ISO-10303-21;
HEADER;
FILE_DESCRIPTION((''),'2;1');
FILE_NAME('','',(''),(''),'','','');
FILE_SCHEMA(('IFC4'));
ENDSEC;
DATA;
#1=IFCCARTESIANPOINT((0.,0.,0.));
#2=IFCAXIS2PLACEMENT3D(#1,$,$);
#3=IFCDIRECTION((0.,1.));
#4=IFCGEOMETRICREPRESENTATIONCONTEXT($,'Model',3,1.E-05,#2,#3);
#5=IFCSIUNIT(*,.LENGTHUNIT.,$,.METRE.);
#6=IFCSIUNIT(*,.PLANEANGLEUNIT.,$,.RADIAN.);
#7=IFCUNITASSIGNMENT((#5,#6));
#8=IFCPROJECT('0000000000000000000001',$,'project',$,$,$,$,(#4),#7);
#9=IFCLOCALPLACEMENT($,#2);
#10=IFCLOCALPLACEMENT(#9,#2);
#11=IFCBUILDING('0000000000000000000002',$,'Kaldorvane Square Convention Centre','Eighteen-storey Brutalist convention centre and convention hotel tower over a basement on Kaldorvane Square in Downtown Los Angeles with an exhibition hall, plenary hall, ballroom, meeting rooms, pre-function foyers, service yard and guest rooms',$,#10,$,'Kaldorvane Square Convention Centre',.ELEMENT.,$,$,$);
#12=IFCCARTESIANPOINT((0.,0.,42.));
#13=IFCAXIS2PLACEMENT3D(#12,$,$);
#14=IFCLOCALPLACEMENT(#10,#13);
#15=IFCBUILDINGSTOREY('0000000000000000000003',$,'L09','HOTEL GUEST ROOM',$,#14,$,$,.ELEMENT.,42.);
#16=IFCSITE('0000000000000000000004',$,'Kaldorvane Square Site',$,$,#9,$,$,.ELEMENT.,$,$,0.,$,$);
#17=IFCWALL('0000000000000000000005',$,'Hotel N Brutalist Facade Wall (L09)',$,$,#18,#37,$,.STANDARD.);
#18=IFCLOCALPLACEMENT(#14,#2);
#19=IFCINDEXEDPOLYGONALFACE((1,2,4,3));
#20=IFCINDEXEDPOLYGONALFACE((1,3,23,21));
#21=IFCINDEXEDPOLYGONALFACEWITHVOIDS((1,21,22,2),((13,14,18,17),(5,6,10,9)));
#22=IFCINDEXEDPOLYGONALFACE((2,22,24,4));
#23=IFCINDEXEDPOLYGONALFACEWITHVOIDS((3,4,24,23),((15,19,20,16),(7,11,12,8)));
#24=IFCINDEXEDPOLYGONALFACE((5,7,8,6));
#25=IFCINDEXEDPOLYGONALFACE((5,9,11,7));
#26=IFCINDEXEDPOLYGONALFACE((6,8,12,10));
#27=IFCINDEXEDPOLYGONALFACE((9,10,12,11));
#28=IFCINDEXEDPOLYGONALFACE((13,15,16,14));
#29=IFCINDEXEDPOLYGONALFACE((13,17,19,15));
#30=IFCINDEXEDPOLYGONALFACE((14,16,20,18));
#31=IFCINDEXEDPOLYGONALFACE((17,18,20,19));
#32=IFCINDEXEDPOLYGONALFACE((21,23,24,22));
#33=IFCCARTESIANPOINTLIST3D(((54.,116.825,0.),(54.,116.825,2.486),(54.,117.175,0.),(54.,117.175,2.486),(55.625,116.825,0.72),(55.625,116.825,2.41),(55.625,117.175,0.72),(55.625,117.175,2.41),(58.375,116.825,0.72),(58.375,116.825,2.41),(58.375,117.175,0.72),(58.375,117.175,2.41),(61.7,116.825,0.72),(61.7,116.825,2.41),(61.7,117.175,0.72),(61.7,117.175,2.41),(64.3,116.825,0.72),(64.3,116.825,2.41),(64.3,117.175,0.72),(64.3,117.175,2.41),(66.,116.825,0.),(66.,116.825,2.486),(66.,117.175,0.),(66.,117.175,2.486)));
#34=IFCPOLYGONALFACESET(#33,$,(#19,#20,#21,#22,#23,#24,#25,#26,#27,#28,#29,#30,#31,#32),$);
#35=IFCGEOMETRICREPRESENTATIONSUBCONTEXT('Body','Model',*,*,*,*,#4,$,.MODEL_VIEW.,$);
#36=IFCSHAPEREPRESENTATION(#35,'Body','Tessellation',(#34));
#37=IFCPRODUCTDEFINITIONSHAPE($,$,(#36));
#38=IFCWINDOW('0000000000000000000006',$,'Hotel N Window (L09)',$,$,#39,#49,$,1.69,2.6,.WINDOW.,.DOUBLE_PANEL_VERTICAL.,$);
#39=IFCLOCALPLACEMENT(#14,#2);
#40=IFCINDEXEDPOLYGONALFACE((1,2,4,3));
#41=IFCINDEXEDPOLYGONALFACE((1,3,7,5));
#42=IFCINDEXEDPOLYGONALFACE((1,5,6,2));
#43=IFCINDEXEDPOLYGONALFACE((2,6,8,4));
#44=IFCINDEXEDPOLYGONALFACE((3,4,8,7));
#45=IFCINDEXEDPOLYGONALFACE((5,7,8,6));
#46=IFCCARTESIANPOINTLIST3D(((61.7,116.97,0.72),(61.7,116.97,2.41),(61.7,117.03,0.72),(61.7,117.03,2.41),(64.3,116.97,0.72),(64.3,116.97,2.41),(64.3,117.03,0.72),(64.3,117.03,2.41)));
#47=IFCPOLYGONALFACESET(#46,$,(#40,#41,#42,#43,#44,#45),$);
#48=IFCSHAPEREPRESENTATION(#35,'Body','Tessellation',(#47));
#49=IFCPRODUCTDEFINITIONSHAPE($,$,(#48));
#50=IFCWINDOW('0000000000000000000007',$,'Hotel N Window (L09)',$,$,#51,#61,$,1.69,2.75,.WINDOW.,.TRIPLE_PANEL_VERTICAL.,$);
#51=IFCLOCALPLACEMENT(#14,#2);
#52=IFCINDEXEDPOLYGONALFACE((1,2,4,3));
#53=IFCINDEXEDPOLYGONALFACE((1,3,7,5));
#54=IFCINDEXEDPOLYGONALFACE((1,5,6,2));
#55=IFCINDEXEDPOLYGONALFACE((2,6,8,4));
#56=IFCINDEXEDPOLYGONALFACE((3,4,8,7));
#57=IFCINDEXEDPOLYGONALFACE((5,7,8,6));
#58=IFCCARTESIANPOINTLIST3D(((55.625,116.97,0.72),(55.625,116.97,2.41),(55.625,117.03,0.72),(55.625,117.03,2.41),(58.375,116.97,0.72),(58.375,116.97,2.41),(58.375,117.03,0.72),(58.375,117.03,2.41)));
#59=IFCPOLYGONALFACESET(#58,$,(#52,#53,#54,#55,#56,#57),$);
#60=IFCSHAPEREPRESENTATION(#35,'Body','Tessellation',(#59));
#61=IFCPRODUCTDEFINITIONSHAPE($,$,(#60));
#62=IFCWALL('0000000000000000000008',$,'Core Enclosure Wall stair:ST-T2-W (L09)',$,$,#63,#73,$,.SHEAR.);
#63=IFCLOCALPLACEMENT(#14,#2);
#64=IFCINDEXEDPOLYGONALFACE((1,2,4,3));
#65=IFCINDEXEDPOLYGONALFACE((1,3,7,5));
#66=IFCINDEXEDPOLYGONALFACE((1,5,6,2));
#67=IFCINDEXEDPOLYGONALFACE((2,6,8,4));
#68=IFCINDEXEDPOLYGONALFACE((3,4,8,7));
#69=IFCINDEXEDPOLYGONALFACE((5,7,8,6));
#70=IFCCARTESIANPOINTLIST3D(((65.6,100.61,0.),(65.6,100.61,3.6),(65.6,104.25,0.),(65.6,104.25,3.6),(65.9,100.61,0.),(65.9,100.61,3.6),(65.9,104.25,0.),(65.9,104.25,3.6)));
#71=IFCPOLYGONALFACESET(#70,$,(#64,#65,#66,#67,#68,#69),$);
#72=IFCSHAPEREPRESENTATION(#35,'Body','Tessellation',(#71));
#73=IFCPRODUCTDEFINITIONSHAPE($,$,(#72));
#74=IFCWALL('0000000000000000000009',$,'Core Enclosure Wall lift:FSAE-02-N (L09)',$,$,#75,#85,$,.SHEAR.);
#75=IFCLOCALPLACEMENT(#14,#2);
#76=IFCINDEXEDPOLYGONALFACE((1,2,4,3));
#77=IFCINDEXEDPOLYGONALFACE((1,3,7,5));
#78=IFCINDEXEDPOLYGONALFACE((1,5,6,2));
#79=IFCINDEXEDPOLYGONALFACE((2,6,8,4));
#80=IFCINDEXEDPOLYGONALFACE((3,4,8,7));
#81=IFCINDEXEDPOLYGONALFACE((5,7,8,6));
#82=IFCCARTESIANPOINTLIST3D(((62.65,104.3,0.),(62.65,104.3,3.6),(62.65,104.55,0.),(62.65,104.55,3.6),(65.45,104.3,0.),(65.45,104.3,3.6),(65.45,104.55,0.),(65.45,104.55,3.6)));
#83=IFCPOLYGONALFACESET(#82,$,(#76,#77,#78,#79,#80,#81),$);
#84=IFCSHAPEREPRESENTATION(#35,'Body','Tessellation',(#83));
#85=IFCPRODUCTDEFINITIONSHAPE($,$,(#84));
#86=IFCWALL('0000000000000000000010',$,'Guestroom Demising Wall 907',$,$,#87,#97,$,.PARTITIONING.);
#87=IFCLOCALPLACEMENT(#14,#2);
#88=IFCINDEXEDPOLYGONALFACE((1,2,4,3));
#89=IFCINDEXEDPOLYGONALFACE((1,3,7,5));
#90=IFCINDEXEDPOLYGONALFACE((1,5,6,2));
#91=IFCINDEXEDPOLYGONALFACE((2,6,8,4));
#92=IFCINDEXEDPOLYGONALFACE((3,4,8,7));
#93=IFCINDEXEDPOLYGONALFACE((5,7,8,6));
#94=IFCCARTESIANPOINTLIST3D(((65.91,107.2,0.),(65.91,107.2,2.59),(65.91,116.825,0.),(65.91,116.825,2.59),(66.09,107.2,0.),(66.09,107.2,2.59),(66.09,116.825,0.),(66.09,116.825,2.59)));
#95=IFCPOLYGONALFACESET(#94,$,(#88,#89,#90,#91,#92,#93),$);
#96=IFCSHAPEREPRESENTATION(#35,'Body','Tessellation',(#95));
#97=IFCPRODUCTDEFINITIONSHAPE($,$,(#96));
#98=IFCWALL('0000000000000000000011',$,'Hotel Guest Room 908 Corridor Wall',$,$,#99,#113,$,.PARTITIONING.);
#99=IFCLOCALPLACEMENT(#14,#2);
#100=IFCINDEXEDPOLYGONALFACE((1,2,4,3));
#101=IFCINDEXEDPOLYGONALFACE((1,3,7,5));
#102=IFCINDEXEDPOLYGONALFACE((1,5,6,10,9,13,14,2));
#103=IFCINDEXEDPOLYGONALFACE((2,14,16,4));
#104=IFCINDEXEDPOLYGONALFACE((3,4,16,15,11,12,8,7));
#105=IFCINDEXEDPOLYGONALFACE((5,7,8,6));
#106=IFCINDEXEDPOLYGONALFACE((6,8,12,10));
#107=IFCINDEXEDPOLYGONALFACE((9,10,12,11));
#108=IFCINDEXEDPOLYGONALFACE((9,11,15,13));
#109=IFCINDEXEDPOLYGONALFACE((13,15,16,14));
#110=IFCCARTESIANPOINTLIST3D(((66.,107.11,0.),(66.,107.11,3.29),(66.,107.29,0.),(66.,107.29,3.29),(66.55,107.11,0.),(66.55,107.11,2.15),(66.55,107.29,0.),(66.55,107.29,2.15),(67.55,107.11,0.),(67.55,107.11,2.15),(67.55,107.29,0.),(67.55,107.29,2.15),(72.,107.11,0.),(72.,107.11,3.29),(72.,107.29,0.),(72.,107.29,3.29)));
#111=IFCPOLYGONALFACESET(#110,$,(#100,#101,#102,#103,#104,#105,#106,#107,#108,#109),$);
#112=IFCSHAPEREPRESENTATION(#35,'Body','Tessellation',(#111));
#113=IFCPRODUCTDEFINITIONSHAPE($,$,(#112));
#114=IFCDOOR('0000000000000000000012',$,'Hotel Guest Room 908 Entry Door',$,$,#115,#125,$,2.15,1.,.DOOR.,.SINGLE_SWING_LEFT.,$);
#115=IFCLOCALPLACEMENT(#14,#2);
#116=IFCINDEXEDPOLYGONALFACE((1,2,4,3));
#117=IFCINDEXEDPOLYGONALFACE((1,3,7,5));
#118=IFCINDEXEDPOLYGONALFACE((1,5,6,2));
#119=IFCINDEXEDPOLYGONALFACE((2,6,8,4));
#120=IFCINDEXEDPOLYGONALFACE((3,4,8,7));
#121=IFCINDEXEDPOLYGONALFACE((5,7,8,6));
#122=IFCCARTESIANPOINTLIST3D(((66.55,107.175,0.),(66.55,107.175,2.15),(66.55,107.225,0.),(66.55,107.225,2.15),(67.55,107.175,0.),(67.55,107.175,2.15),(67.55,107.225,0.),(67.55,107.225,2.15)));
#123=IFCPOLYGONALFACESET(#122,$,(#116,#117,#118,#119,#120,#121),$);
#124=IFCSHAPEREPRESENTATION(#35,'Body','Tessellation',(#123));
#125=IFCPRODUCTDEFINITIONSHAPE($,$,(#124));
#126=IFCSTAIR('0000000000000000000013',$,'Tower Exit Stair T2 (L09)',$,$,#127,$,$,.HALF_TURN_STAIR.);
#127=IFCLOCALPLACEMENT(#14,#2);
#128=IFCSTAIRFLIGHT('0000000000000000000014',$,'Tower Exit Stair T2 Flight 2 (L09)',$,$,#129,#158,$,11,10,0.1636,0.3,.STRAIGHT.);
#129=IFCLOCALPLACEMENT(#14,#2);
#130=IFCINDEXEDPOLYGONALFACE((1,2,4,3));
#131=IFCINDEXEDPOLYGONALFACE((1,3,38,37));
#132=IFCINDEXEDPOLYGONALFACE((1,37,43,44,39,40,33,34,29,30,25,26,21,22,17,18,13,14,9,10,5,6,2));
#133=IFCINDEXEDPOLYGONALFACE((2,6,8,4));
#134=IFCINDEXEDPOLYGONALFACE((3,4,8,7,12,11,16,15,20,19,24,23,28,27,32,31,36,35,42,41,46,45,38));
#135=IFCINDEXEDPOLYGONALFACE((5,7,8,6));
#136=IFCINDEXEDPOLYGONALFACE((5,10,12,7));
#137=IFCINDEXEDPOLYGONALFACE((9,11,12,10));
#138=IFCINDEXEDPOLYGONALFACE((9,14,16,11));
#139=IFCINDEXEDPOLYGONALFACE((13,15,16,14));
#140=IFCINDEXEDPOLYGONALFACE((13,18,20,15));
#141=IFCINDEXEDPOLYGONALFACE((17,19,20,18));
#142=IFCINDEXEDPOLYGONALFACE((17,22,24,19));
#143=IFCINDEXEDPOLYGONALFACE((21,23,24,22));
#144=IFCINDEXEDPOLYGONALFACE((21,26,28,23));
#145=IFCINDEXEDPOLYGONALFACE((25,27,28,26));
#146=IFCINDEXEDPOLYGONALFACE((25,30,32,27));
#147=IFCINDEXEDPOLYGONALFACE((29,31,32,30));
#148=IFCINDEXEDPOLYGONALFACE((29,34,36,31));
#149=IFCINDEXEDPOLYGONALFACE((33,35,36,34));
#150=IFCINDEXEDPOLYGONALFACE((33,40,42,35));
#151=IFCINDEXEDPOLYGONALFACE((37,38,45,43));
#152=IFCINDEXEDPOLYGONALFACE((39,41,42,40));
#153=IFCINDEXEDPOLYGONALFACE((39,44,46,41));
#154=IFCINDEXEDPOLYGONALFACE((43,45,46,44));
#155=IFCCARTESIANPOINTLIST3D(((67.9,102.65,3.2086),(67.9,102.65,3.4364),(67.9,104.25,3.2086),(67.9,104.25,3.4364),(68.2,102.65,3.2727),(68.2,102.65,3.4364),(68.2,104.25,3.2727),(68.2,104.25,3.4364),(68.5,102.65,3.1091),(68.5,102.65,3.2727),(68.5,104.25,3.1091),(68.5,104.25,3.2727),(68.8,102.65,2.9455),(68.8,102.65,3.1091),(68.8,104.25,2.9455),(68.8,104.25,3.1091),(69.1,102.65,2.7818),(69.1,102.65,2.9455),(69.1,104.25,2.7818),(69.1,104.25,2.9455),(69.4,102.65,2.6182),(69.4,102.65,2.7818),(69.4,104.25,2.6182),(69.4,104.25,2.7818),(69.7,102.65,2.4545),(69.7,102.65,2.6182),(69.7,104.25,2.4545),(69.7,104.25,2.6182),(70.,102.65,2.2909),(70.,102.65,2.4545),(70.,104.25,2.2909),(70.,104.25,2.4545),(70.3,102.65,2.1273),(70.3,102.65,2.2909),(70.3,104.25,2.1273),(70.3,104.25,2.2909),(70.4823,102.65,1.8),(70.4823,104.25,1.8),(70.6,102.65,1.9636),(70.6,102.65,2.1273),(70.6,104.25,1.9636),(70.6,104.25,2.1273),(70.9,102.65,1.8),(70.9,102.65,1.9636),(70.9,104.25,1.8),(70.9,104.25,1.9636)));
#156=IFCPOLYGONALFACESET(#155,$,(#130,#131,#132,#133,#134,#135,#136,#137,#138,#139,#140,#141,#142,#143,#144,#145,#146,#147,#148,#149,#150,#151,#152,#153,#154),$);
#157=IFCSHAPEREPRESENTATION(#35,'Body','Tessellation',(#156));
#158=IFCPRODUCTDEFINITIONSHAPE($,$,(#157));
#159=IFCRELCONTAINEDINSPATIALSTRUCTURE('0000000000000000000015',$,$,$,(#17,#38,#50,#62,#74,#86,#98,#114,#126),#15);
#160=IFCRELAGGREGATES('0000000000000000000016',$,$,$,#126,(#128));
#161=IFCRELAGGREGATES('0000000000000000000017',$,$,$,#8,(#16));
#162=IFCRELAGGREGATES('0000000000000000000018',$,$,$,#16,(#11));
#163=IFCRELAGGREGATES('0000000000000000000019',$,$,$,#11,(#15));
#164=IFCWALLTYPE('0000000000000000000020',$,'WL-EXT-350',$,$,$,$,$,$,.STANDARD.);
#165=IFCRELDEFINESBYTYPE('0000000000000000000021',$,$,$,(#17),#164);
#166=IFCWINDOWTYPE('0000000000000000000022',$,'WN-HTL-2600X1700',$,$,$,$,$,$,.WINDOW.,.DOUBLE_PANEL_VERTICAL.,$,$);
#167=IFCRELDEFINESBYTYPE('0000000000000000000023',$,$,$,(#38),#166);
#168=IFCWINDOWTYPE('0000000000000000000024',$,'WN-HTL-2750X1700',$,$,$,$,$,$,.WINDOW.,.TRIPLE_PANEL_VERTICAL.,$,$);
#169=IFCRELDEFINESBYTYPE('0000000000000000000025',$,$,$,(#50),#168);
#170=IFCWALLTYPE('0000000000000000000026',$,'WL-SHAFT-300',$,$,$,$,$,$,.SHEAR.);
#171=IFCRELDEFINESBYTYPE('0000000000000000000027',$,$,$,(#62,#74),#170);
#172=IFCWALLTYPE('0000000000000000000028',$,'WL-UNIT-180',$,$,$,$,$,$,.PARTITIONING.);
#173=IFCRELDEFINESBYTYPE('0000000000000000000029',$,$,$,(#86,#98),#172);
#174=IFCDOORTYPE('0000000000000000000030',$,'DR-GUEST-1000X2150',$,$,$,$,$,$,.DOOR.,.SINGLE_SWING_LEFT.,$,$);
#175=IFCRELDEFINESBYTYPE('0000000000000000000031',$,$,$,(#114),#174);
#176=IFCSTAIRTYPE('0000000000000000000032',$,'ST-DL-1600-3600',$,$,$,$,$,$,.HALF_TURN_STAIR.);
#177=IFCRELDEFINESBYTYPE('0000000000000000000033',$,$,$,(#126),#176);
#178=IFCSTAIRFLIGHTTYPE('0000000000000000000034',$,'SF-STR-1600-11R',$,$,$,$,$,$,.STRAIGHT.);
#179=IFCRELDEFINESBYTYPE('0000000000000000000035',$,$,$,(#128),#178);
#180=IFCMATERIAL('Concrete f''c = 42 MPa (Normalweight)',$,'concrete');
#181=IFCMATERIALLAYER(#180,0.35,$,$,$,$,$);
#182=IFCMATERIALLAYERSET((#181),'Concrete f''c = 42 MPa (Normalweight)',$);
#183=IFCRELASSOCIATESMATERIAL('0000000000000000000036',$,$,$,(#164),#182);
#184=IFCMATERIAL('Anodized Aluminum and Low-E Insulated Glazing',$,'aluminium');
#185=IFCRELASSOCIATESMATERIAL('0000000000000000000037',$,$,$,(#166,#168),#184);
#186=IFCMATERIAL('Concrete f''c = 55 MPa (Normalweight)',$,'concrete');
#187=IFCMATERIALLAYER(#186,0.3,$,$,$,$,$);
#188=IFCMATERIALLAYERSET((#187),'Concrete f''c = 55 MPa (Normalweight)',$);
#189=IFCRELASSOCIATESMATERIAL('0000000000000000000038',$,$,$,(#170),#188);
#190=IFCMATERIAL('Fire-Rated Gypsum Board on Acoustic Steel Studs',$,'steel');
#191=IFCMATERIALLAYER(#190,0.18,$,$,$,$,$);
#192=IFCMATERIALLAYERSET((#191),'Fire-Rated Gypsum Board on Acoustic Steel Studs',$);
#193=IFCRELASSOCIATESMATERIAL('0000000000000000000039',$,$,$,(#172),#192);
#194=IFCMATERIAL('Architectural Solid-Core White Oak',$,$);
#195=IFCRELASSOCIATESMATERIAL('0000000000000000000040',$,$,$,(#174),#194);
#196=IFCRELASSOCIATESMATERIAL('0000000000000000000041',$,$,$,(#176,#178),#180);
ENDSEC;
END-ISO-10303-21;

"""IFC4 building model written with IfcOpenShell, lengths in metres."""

from ifc_helpers import new_model, si_unit, direction, frame, frame_2d, origin, place, context, subcontext, project, spatial, polyline, rectangle, outline, extrude, material, layer, layer_set, type_object, element, fill, aggregate, save


model = new_model("IFC4")

# Units and contexts
model_context = context("Model", 3, precision=1e-05, world=origin(), true_north=direction((0.0, 1.0)))
body_context = subcontext(model_context, "Body", "Model", "MODEL_VIEW")
ifc_project = project(units=[si_unit("LENGTHUNIT", "METRE"), si_unit("PLANEANGLEUNIT", "RADIAN")], contexts=[model_context])

# Site, building, storey
site_placement = place(None, origin())
site = spatial("IfcSite", under=ifc_project, at=site_placement, Name="Kaldorvane Square Site", CompositionType="ELEMENT", RefElevation=0.0)
building_placement = place(site_placement, origin())
building = spatial("IfcBuilding", under=site, at=building_placement, Name="Kaldorvane Square Convention Centre", Description="Eighteen-storey Brutalist convention centre and convention hotel tower over a basement on Kaldorvane Square in Downtown Los Angeles with an exhibition hall, plenary hall, ballroom, meeting rooms, pre-function foyers, service yard and guest rooms", LongName="Kaldorvane Square Convention Centre", CompositionType="ELEMENT")
storey_placement = place(building_placement, frame((0.0, 0.0, 42.0)))
storey = spatial("IfcBuildingStorey", under=building, at=storey_placement, Name="L09", Description="HOTEL GUEST ROOM", CompositionType="ELEMENT", Elevation=42.0)

# Shared definitions
ifc_material_1 = material(Name="Concrete f'c = 42 MPa (Normalweight)", Category="concrete")

# Shared definitions
ifc_material_2 = material(Name="Fire-Rated Gypsum Board on Acoustic Steel Studs", Category="steel")
ifc_material_3 = material(Name="Architectural Solid-Core White Oak")

# Wall, openings, windows
ifc_layer_1 = layer(ifc_material_1, 0.35)
ifc_layer_set_1 = layer_set([ifc_layer_1], Name="Concrete f'c = 42 MPa (Normalweight)")
wall_type_1 = type_object("IfcWallType", Name="WL-EXT-350", PredefinedType="STANDARD", material=ifc_layer_set_1)
wall_1_placement = place(storey_placement, frame((66.0, 117.0, 0.0), z_axis=(0.0, 0.0, 1.0), x_axis=(-1.0, 0.0, 0.0)))
wall_1 = element("IfcWall", 1, at=wall_1_placement, inside=storey, type_object=wall_type_1, Name="Hotel N Brutalist Facade Wall (L09)", PredefinedType="STANDARD", context=body_context, shape_type="SweptSolid", body=[
    extrude(rectangle(XDim=12.0, YDim=0.35, at=frame_2d((6.0, 0.0))), origin(), (0.0, 0.0, 1.0), 2.486),
])
opening_1_placement = place(wall_1_placement, frame((1.7, 0.0, 0.72)))
opening_1 = element("IfcOpeningElement", 2, at=opening_1_placement, cuts=wall_1, PredefinedType="OPENING", context=body_context, shape_type="SweptSolid", body=[
    extrude(rectangle(XDim=2.6, YDim=1.69, at=frame_2d((1.3, 0.845))), frame((0.0, 0.19, 0.0), z_axis=(0.0, -1.0, 0.0), x_axis=(1.0, 0.0, 0.0)), (0.0, 0.0, 1.0), 0.38),
])
opening_2_placement = place(wall_1_placement, frame((7.625, 0.0, 0.72)))
opening_2 = element("IfcOpeningElement", 3, at=opening_2_placement, cuts=wall_1, PredefinedType="OPENING", context=body_context, shape_type="SweptSolid", body=[
    extrude(rectangle(XDim=2.75, YDim=1.69, at=frame_2d((1.375, 0.845))), frame((0.0, 0.19, 0.0), z_axis=(0.0, -1.0, 0.0), x_axis=(1.0, 0.0, 0.0)), (0.0, 0.0, 1.0), 0.38),
])
ifc_material_4 = material(Name="Anodized Aluminum and Low-E Insulated Glazing", Category="aluminium")
window_type_1 = type_object("IfcWindowType", Name="WN-HTL-2600X1700", PartitioningType="DOUBLE_PANEL_VERTICAL", PredefinedType="WINDOW", material=ifc_material_4)
window_1_placement = place(opening_1_placement, origin())
window_1 = element("IfcWindow", 4, at=window_1_placement, inside=storey, type_object=window_type_1, Name="Hotel N Window (L09)", OverallHeight=1.69, OverallWidth=2.6, PartitioningType="DOUBLE_PANEL_VERTICAL", PredefinedType="WINDOW", context=body_context, shape_type="SweptSolid", body=[
    extrude(rectangle(XDim=2.6, YDim=1.69, at=frame_2d((1.3, 0.845))), frame((0.0, 0.03, 0.0), z_axis=(0.0, -1.0, 0.0), x_axis=(1.0, 0.0, 0.0)), (0.0, 0.0, 1.0), 0.06),
])
fill(opening_1, window_1)
window_type_2 = type_object("IfcWindowType", Name="WN-HTL-2750X1700", PartitioningType="TRIPLE_PANEL_VERTICAL", PredefinedType="WINDOW", material=ifc_material_4)
window_2_placement = place(opening_2_placement, origin())
window_2 = element("IfcWindow", 5, at=window_2_placement, inside=storey, type_object=window_type_2, Name="Hotel N Window (L09)", OverallHeight=1.69, OverallWidth=2.75, PartitioningType="TRIPLE_PANEL_VERTICAL", PredefinedType="WINDOW", context=body_context, shape_type="SweptSolid", body=[
    extrude(rectangle(XDim=2.75, YDim=1.69, at=frame_2d((1.375, 0.845))), frame((0.0, 0.03, 0.0), z_axis=(0.0, -1.0, 0.0), x_axis=(1.0, 0.0, 0.0)), (0.0, 0.0, 1.0), 0.06),
])
fill(opening_2, window_2)

# Walls
ifc_material_5 = material(Name="Concrete f'c = 55 MPa (Normalweight)", Category="concrete")
ifc_layer_2 = layer(ifc_material_5, 0.3)
ifc_layer_set_2 = layer_set([ifc_layer_2], Name="Concrete f'c = 55 MPa (Normalweight)")
wall_type_2 = type_object("IfcWallType", Name="WL-SHAFT-300", PredefinedType="SHEAR", material=ifc_layer_set_2)
wall_2_placement = place(storey_placement, frame((65.75, 104.25, 0.0), z_axis=(0.0, 0.0, 1.0), x_axis=(0.0, -1.0, 0.0)))
element("IfcWall", 6, at=wall_2_placement, inside=storey, type_object=wall_type_2, Name="Core Enclosure Wall stair:ST-T2-W (L09)", PredefinedType="SHEAR", context=body_context, shape_type="SweptSolid", body=[
    extrude(rectangle(XDim=3.64, YDim=0.3, at=frame_2d((1.82, 0.0))), origin(), (0.0, 0.0, 1.0), 3.6),
])
wall_3_placement = place(storey_placement, frame((65.45, 104.425, 0.0), z_axis=(0.0, 0.0, 1.0), x_axis=(-1.0, 0.0, 0.0)))
element("IfcWall", 7, at=wall_3_placement, inside=storey, type_object=wall_type_2, Name="Core Enclosure Wall lift:FSAE-02-N (L09)", PredefinedType="SHEAR", context=body_context, shape_type="SweptSolid", body=[
    extrude(rectangle(XDim=2.8, YDim=0.25, at=frame_2d((1.4, 0.0))), origin(), (0.0, 0.0, 1.0), 3.6),
])
ifc_layer_3 = layer(ifc_material_2, 0.18)
ifc_layer_set_3 = layer_set([ifc_layer_3], Name="Fire-Rated Gypsum Board on Acoustic Steel Studs")
wall_type_3 = type_object("IfcWallType", Name="WL-UNIT-180", PredefinedType="PARTITIONING", material=ifc_layer_set_3)
wall_4_placement = place(storey_placement, frame((66.0, 107.2, 0.0), z_axis=(0.0, 0.0, 1.0), x_axis=(0.0, 1.0, 0.0)))
element("IfcWall", 8, at=wall_4_placement, inside=storey, type_object=wall_type_3, Name="Guestroom Demising Wall 907", PredefinedType="PARTITIONING", context=body_context, shape_type="SweptSolid", body=[
    extrude(rectangle(XDim=9.625, YDim=0.18, at=frame_2d((4.8125, 0.0))), origin(), (0.0, 0.0, 1.0), 2.59),
])

# Wall, opening, door
wall_5_placement = place(storey_placement, frame((66.0, 107.2, 0.0), z_axis=(0.0, 0.0, 1.0), x_axis=(1.0, 0.0, 0.0)))
wall_5 = element("IfcWall", 9, at=wall_5_placement, inside=storey, type_object=wall_type_3, Name="Hotel Guest Room 908 Corridor Wall", PredefinedType="PARTITIONING", context=body_context, shape_type="SweptSolid", body=[
    extrude(rectangle(XDim=6.0, YDim=0.18, at=frame_2d((3.0, 0.0))), origin(), (0.0, 0.0, 1.0), 3.29),
])
opening_3_placement = place(wall_5_placement, frame((0.55, 0.0, 0.0)))
opening_3 = element("IfcOpeningElement", 10, at=opening_3_placement, cuts=wall_5, PredefinedType="OPENING", context=body_context, shape_type="SweptSolid", body=[
    extrude(rectangle(XDim=1.0, YDim=2.15, at=frame_2d((0.5, 1.075))), frame((0.0, 0.105, 0.0), z_axis=(0.0, -1.0, 0.0), x_axis=(1.0, 0.0, 0.0)), (0.0, 0.0, 1.0), 0.21),
])
door_type_1 = type_object("IfcDoorType", Name="DR-GUEST-1000X2150", OperationType="SINGLE_SWING_LEFT", PredefinedType="DOOR", material=ifc_material_3)
door_1_placement = place(opening_3_placement, origin())
door_1 = element("IfcDoor", 11, at=door_1_placement, inside=storey, type_object=door_type_1, Name="Hotel Guest Room 908 Entry Door", OperationType="SINGLE_SWING_LEFT", OverallHeight=2.15, OverallWidth=1.0, PredefinedType="DOOR", context=body_context, shape_type="SweptSolid", body=[
    extrude(rectangle(XDim=1.0, YDim=2.15, at=frame_2d((0.5, 1.075))), frame((0.0, 0.025, 0.0), z_axis=(0.0, -1.0, 0.0), x_axis=(1.0, 0.0, 0.0)), (0.0, 0.0, 1.0), 0.05),
])
fill(opening_3, door_1)

# Stair, stair flight
stair_type = type_object("IfcStairType", Name="ST-DL-1600-3600", PredefinedType="HALF_TURN_STAIR", material=ifc_material_1)
stair_placement = place(storey_placement, origin())
stair = element("IfcStair", 12, at=stair_placement, inside=storey, type_object=stair_type, Name="Tower Exit Stair T2 (L09)", PredefinedType="HALF_TURN_STAIR")
stair_flight_type = type_object("IfcStairFlightType", Name="SF-STR-1600-11R", PredefinedType="STRAIGHT", material=ifc_material_1)
stair_flight_placement = place(storey_placement, frame((70.9, 103.45, 1.8), z_axis=(0.0, 0.0, 1.0), x_axis=(-1.0, 0.0, 0.0)))
stair_flight = element("IfcStairFlight", 13, at=stair_flight_placement, type_object=stair_flight_type, Name="Tower Exit Stair T2 Flight 2 (L09)", NumberOfRisers=11, NumberOfTreads=10, PredefinedType="STRAIGHT", RiserHeight=0.1636, TreadLength=0.3, context=body_context, shape_type="SweptSolid", body=[
    extrude(outline(polyline([(0.0, 0.0), (0.0, 0.1636), (0.3, 0.1636), (0.3, 0.3273), (0.6, 0.3273), (0.6, 0.4909), (0.9, 0.4909), (0.9, 0.6545), (1.2, 0.6545), (1.2, 0.8182), (1.5, 0.8182), (1.5, 0.9818), (1.8, 0.9818), (1.8, 1.1455), (2.1, 1.1455), (2.1, 1.3091), (2.4, 1.3091), (2.4, 1.4727), (2.7, 1.4727), (2.7, 1.6364), (3.0, 1.6364), (3.0, 1.8), (3.0, 1.4086), (0.4177, 0.0), (0.0, 0.0)])), frame((0.0, 0.8, 0.0), z_axis=(0.0, -1.0, 0.0), x_axis=(1.0, 0.0, 0.0)), (0.0, 0.0, 1.0), 1.6),
])
aggregate(stair, [stair_flight])

save(model, "model.ifc")
